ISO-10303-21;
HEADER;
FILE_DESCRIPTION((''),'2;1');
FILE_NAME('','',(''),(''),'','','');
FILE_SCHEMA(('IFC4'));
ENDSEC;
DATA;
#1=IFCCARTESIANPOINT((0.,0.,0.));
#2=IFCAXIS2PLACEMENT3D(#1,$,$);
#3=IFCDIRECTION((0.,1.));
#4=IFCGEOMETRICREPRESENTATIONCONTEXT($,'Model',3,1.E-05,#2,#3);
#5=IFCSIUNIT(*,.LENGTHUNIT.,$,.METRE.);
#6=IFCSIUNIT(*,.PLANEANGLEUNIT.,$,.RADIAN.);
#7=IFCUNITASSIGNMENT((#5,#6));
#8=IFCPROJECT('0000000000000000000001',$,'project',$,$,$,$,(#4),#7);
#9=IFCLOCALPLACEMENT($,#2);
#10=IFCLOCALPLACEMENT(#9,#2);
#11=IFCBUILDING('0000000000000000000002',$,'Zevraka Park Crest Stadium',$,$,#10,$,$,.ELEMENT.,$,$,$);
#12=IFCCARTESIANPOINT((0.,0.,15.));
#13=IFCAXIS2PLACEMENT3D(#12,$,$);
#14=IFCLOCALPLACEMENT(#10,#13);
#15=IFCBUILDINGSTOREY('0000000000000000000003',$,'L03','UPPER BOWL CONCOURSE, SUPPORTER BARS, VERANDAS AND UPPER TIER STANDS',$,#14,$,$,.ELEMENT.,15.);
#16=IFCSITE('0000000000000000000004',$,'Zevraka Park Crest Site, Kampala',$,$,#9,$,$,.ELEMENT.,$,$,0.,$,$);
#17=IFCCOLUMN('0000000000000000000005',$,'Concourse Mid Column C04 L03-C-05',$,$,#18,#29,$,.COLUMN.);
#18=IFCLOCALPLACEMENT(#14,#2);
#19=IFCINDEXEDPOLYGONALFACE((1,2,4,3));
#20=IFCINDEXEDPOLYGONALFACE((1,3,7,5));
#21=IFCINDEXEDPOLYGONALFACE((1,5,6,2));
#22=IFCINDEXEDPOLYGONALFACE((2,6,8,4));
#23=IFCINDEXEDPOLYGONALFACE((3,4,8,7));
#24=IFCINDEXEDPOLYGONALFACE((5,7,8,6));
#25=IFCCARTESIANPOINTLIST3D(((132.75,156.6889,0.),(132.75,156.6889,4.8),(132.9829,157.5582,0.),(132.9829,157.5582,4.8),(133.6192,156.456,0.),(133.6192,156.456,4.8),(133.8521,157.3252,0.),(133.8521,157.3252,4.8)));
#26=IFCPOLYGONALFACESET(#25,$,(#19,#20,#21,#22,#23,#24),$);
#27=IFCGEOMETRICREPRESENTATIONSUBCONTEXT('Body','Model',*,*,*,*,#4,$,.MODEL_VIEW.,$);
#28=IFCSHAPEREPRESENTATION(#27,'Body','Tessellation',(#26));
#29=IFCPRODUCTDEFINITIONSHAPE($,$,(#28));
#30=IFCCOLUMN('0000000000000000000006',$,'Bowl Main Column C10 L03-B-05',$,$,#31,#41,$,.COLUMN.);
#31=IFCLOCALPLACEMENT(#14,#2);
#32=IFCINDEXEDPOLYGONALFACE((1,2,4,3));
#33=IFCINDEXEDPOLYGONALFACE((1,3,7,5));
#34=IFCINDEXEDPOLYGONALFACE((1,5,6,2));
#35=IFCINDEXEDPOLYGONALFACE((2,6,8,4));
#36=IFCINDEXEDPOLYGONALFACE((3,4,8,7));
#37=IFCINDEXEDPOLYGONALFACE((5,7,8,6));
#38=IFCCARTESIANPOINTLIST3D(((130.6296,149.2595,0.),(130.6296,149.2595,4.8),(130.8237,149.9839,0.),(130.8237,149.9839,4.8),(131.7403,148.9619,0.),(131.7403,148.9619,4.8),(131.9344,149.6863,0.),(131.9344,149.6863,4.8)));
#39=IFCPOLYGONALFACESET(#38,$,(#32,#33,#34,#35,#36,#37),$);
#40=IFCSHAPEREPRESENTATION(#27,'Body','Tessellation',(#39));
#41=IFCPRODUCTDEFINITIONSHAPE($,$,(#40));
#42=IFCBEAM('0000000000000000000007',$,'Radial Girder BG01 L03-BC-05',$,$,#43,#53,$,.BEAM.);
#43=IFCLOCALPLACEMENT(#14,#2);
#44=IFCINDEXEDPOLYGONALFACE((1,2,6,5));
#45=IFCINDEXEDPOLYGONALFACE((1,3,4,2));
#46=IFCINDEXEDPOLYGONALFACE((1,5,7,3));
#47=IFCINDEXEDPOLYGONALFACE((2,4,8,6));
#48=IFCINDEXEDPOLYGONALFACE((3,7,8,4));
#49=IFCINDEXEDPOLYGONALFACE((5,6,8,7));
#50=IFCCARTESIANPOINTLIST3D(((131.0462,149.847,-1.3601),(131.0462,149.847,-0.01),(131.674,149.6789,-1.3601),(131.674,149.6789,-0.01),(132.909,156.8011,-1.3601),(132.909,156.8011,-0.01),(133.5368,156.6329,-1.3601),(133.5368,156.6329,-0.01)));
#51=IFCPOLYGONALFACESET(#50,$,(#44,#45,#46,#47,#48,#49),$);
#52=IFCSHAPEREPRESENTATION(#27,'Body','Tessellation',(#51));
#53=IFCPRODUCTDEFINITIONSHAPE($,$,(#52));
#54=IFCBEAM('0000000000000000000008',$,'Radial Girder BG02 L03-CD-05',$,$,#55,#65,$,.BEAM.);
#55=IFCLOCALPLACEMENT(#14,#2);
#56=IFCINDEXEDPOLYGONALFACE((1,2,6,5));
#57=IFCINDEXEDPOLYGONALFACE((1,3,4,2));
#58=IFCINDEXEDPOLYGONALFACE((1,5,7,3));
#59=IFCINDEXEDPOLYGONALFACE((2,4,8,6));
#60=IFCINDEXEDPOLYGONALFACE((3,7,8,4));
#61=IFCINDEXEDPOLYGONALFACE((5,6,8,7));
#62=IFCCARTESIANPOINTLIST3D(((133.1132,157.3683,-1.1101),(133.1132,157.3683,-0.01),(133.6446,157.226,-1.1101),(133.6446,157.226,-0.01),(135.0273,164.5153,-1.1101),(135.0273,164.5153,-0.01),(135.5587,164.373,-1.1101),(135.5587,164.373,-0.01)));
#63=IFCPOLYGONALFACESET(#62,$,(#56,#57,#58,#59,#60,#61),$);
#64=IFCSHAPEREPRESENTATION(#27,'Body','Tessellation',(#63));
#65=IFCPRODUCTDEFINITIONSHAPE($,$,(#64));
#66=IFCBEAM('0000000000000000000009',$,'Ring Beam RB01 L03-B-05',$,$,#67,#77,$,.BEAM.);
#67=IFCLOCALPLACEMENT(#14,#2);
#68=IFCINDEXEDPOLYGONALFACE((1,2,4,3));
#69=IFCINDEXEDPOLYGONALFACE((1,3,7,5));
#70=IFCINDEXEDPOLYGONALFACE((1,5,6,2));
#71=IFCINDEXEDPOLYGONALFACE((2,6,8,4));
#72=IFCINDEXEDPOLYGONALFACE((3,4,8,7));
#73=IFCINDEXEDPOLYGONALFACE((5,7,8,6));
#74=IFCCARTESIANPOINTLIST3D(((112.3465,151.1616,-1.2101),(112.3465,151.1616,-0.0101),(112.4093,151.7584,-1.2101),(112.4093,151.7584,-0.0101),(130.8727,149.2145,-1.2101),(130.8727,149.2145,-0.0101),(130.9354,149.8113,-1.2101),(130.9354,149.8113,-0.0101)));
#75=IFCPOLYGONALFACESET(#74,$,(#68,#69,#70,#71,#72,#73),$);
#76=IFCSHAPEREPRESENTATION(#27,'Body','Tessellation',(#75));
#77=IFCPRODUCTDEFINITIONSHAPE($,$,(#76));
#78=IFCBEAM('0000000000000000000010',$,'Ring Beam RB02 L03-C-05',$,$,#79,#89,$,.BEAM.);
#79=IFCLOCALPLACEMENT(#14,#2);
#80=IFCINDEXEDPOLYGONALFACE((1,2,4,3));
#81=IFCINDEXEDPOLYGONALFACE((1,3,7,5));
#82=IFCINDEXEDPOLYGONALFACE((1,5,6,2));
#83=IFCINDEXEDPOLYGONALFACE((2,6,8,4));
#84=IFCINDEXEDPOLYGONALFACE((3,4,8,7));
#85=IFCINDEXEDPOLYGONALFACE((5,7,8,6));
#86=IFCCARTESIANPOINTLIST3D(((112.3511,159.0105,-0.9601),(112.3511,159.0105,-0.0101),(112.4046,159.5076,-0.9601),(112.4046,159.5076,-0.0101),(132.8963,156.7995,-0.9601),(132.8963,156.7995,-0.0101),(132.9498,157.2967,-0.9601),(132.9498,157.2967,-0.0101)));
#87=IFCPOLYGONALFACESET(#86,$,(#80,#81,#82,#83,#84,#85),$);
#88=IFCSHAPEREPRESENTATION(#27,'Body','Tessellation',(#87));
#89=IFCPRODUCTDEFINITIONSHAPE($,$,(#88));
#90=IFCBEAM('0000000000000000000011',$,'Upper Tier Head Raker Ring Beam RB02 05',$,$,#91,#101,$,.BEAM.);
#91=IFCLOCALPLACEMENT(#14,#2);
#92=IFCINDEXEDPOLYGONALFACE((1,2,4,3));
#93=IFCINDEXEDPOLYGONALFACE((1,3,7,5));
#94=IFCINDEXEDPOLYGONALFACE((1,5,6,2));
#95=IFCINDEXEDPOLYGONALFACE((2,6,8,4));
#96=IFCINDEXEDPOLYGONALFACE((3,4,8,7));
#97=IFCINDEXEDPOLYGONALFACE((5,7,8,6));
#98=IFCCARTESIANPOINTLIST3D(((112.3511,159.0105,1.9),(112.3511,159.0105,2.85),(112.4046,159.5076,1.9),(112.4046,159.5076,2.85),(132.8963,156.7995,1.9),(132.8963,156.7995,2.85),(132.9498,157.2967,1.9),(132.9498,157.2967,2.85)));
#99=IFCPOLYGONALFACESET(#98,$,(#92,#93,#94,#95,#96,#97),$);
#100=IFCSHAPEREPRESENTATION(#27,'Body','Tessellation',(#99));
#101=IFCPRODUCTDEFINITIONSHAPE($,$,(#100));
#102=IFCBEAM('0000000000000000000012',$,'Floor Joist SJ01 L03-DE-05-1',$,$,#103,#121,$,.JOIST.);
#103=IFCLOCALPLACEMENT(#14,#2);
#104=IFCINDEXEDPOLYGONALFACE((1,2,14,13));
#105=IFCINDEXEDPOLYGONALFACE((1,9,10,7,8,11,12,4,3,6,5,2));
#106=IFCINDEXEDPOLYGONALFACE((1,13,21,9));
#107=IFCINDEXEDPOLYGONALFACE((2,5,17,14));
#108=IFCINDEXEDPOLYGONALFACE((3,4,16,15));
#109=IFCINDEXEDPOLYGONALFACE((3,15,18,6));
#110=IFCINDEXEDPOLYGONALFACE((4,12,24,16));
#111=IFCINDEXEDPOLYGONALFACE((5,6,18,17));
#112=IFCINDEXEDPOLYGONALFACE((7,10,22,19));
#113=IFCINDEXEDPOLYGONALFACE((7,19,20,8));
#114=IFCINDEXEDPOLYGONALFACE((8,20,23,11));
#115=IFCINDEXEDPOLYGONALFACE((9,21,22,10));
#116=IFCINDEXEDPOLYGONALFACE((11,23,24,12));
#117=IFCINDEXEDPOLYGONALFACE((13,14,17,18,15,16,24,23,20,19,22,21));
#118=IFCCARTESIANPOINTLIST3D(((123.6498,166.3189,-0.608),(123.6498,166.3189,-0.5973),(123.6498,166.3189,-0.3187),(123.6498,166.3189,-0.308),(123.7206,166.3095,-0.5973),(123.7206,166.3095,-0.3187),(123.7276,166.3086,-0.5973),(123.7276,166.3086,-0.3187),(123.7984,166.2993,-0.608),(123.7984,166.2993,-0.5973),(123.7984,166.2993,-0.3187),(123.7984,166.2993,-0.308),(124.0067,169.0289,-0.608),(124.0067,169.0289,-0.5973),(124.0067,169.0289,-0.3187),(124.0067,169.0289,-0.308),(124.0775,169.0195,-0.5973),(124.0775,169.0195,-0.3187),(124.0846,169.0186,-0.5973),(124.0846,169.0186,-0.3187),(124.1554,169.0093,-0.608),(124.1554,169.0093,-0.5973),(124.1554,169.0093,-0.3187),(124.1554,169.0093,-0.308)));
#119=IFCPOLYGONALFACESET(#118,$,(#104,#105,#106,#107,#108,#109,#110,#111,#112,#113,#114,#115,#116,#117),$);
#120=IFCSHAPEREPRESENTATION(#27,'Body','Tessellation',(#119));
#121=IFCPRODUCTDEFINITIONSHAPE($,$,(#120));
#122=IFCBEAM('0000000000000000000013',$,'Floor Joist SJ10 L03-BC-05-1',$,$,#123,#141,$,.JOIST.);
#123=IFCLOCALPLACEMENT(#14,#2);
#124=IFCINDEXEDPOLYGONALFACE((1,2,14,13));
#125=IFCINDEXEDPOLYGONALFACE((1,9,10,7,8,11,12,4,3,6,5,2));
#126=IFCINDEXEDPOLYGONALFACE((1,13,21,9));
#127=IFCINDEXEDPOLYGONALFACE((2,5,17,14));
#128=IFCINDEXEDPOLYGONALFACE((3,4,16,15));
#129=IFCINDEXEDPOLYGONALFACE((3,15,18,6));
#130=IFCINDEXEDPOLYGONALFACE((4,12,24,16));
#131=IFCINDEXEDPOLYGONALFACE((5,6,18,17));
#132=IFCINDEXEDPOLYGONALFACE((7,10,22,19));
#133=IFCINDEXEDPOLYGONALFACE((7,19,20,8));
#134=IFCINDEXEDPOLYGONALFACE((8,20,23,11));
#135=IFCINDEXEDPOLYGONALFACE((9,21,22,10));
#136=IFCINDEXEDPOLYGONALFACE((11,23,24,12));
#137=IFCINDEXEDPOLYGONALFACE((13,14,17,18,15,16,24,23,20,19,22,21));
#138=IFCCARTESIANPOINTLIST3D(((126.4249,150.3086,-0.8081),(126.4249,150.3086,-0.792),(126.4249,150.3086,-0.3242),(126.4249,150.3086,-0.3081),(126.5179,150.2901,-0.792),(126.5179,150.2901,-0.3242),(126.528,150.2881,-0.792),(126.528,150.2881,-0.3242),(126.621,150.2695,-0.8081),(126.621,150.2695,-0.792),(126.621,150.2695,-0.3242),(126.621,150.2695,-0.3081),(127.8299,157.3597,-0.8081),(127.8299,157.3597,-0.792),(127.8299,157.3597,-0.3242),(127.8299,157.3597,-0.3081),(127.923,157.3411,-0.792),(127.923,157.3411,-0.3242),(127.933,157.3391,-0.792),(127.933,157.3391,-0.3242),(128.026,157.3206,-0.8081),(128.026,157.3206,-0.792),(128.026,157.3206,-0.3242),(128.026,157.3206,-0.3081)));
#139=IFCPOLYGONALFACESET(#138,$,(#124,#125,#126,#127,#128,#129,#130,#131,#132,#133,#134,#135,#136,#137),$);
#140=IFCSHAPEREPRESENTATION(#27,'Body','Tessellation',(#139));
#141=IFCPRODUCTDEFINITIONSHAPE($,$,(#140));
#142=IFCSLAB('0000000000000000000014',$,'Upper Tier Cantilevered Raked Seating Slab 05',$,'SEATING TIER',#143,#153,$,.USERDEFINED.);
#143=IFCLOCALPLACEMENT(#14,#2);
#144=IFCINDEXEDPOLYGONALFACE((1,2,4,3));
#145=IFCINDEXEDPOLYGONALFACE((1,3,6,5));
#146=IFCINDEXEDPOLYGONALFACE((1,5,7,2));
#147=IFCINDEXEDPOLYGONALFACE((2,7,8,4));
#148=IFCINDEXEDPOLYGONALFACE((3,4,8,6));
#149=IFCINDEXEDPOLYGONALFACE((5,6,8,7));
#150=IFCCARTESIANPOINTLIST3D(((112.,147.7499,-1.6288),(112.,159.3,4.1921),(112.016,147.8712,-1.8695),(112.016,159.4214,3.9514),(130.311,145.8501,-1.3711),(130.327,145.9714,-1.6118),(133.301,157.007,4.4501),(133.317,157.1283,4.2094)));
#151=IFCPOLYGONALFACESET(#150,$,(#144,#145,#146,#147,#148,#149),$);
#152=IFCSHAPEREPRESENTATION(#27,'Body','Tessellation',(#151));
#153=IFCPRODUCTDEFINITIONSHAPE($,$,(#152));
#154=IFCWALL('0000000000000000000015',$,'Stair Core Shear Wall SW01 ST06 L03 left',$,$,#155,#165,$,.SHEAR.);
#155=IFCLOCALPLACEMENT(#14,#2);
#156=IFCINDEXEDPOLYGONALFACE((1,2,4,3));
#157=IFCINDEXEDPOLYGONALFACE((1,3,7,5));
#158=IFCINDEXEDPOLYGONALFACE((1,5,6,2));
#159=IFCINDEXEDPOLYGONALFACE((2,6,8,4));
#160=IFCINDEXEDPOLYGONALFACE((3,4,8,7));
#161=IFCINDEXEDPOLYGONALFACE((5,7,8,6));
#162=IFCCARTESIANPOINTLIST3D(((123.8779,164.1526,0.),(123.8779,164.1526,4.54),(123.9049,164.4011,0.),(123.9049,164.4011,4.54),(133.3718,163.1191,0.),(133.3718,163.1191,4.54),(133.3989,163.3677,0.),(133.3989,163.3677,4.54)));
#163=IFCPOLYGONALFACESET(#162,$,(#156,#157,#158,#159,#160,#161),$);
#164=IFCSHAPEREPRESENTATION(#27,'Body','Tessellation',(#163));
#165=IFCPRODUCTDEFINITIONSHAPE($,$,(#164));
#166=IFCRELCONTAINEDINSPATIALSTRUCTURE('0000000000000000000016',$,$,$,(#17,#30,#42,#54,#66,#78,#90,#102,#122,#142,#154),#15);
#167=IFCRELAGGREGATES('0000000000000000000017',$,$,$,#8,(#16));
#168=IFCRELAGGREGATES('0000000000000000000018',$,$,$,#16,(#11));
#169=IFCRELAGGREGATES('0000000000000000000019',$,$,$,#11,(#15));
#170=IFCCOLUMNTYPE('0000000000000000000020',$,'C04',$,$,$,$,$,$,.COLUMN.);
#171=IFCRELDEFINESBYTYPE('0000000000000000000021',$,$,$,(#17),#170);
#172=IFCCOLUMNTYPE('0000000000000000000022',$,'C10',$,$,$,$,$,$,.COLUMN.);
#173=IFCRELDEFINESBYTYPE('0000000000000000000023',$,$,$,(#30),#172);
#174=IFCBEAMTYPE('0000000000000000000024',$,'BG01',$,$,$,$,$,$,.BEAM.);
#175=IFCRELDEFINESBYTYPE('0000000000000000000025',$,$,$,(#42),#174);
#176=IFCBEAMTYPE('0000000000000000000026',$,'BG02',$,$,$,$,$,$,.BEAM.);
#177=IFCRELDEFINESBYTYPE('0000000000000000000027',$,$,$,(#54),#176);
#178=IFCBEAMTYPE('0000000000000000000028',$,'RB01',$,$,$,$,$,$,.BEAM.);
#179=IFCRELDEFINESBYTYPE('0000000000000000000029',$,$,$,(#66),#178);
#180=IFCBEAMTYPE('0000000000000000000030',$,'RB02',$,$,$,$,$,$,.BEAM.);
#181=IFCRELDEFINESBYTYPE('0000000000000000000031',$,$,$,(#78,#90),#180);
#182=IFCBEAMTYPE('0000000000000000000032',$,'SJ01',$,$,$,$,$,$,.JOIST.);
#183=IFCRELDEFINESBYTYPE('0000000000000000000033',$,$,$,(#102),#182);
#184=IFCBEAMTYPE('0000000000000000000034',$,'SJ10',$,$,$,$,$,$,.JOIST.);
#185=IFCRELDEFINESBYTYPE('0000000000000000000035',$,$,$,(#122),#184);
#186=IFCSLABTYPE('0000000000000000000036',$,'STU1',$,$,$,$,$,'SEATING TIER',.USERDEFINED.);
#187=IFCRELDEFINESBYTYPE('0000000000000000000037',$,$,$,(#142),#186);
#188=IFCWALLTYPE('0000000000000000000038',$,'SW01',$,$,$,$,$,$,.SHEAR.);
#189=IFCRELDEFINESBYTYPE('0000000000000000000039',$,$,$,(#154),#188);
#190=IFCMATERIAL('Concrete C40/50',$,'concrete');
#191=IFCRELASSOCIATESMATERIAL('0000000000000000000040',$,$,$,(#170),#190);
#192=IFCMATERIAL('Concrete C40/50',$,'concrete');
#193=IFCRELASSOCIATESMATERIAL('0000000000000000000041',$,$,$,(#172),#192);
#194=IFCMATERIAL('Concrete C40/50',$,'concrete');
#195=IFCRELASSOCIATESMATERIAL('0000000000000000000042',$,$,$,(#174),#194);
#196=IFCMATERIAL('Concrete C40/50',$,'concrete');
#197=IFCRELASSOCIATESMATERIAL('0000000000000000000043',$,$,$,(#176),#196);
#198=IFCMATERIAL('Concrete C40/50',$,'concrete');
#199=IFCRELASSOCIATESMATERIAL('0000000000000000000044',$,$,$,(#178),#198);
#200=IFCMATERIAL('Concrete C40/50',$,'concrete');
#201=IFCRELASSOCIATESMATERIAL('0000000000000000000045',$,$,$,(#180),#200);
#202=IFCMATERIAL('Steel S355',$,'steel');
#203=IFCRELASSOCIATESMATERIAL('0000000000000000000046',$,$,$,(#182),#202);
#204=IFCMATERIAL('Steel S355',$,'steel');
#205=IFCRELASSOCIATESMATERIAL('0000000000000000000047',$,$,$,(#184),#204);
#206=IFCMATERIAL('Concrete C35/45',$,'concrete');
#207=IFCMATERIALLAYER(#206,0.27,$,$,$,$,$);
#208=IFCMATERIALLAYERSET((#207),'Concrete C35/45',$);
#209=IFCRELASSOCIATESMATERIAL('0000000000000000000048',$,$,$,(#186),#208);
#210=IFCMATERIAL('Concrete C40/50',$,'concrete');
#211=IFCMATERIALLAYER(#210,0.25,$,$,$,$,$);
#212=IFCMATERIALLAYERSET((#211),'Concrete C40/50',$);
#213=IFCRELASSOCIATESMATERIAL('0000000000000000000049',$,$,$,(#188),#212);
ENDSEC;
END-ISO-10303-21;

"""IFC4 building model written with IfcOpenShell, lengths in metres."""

from ifc_helpers import new_model, si_unit, direction, frame, frame_2d, origin, origin_2d, place, context, subcontext, project, spatial, polyline, rectangle, i_section, outline, extrude, material, layer, layer_set, material_profile, profile_set, type_object, element, save


model = new_model("IFC4")

# Units and contexts
model_context = context("Model", 3, precision=1e-05, world=origin(), true_north=direction((0.0, 1.0)))
body_context = subcontext(model_context, "Body", "Model", "MODEL_VIEW")
ifc_project = project(units=[si_unit("LENGTHUNIT", "METRE"), si_unit("PLANEANGLEUNIT", "RADIAN")], contexts=[model_context])

# Site, building, storey
site_placement = place(None, origin())
site = spatial("IfcSite", under=ifc_project, at=site_placement, Name="Zevraka Park Crest Site, Kampala", CompositionType="ELEMENT", RefElevation=0.0)
building_placement = place(site_placement, origin())
building = spatial("IfcBuilding", under=site, at=building_placement, Name="Zevraka Park Crest Stadium", CompositionType="ELEMENT")
storey_placement = place(building_placement, frame((0.0, 0.0, 15.0)))
storey = spatial("IfcBuildingStorey", under=building, at=storey_placement, Name="L03", Description="UPPER BOWL CONCOURSE, SUPPORTER BARS, VERANDAS AND UPPER TIER STANDS", CompositionType="ELEMENT", Elevation=15.0)

# Columns
ifc_material_1 = material(Name="Concrete C40/50", Category="concrete")
ifc_material_profile_1 = material_profile(ifc_material_1, rectangle(XDim=0.8999, YDim=0.8999, at=origin_2d()), Name="RC 900x900")
ifc_profile_set_1 = profile_set([ifc_material_profile_1], Name="Concrete C40/50")
column_type_1 = type_object("IfcColumnType", Name="C04", PredefinedType="COLUMN", material=ifc_profile_set_1)
column_1_placement = place(storey_placement, frame((133.301, 157.0071, 0.0), z_axis=(0.0, 0.0, 1.0), x_axis=(0.258819, 0.965926, 0.0)))
element("IfcColumn", 1, at=column_1_placement, inside=storey, type_object=column_type_1, Name="Concourse Mid Column C04 L03-C-05", PredefinedType="COLUMN", context=body_context, shape_type="SweptSolid", body=[
    extrude(rectangle(XDim=0.8999, YDim=0.8999, at=origin_2d()), origin(), (0.0, 0.0, 1.0), 4.8),
])
ifc_material_2 = material(Name="Concrete C40/50", Category="concrete")
ifc_material_profile_2 = material_profile(ifc_material_2, rectangle(XDim=0.75, YDim=1.1499, at=origin_2d()), Name="RC 1150x750")
ifc_profile_set_2 = profile_set([ifc_material_profile_2], Name="Concrete C40/50")
column_type_2 = type_object("IfcColumnType", Name="C10", PredefinedType="COLUMN", material=ifc_profile_set_2)
column_2_placement = place(storey_placement, frame((131.282, 149.4729, 0.0), z_axis=(0.0, 0.0, 1.0), x_axis=(0.258819, 0.965926, 0.0)))
element("IfcColumn", 2, at=column_2_placement, inside=storey, type_object=column_type_2, Name="Bowl Main Column C10 L03-B-05", PredefinedType="COLUMN", context=body_context, shape_type="SweptSolid", body=[
    extrude(rectangle(XDim=0.75, YDim=1.1499, at=origin_2d()), origin(), (0.0, 0.0, 1.0), 4.8),
])

# Beams
ifc_material_3 = material(Name="Concrete C40/50", Category="concrete")
ifc_material_profile_3 = material_profile(ifc_material_3, rectangle(XDim=0.6499, YDim=1.3501, at=origin_2d()), Name="RC 1350x650")
ifc_profile_set_3 = profile_set([ifc_material_profile_3], Name="Concrete C40/50")
beam_type_1 = type_object("IfcBeamType", Name="BG01", PredefinedType="BEAM", material=ifc_profile_set_3)
beam_1_placement = place(storey_placement, frame((131.3601, 149.7629, -0.6851), z_axis=(0.258747, 0.965945, 0.0), x_axis=(-0.965945, 0.258747, 0.0)))
element("IfcBeam", 3, at=beam_1_placement, inside=storey, type_object=beam_type_1, Name="Radial Girder BG01 L03-BC-05", PredefinedType="BEAM", context=body_context, shape_type="SweptSolid", body=[
    extrude(rectangle(XDim=0.6499, YDim=1.3501, at=origin_2d()), origin(), (0.0, 0.0, 1.0), 7.1992),
])
ifc_material_4 = material(Name="Concrete C40/50", Category="concrete")
ifc_material_profile_4 = material_profile(ifc_material_4, rectangle(XDim=0.55, YDim=1.1001, at=origin_2d()), Name="RC 1100x550")
ifc_profile_set_4 = profile_set([ifc_material_profile_4], Name="Concrete C40/50")
beam_type_2 = type_object("IfcBeamType", Name="BG02", PredefinedType="BEAM", material=ifc_profile_set_4)
beam_2_placement = place(storey_placement, frame((133.3789, 157.2971, -0.5601), z_axis=(0.258698, 0.965958, 0.0), x_axis=(-0.965958, 0.258698, 0.0)))
element("IfcBeam", 4, at=beam_2_placement, inside=storey, type_object=beam_type_2, Name="Radial Girder BG02 L03-CD-05", PredefinedType="BEAM", context=body_context, shape_type="SweptSolid", body=[
    extrude(rectangle(XDim=0.55, YDim=1.1001, at=origin_2d()), origin(), (0.0, 0.0, 1.0), 7.3989),
])
ifc_material_5 = material(Name="Concrete C40/50", Category="concrete")
ifc_material_profile_5 = material_profile(ifc_material_5, rectangle(XDim=0.6001, YDim=1.2, at=origin_2d()), Name="RC 1200x600")
ifc_profile_set_5 = profile_set([ifc_material_profile_5], Name="Concrete C40/50")
beam_type_3 = type_object("IfcBeamType", Name="RB01", PredefinedType="BEAM", material=ifc_profile_set_5)
beam_3_placement = place(storey_placement, frame((130.9041, 149.5129, -0.6101), z_axis=(-0.994523, 0.10452, 0.0), x_axis=(-0.10452, -0.994523, 0.0)))
element("IfcBeam", 5, at=beam_3_placement, inside=storey, type_object=beam_type_3, Name="Ring Beam RB01 L03-B-05", PredefinedType="BEAM", context=body_context, shape_type="SweptSolid", body=[
    extrude(rectangle(XDim=0.6001, YDim=1.2, at=origin_2d()), origin(), (0.0, 0.0, 1.0), 18.6282),
])
ifc_material_6 = material(Name="Concrete C40/50", Category="concrete")
ifc_material_profile_6 = material_profile(ifc_material_6, rectangle(XDim=0.5, YDim=0.95, at=origin_2d()), Name="RC 950x500")
ifc_profile_set_6 = profile_set([ifc_material_profile_6], Name="Concrete C40/50")
beam_type_4 = type_object("IfcBeamType", Name="RB02", PredefinedType="BEAM", material=ifc_profile_set_6)
for number, where, z_axis, x_axis, name in (
    (6, (132.9231, 157.0481, -0.4851), (-0.994259, 0.106996, 0.0), (-0.106996, -0.994259, 0.0), "Ring Beam RB02 L03-C-05"),
    (7, (132.9231, 157.0481, 2.375), (-0.994259, 0.106996, 0.0), (-0.106996, -0.994259, 0.0), "Upper Tier Head Raker Ring Beam RB02 05"),
):
    element("IfcBeam", number, at=place(storey_placement, frame(where, z_axis=z_axis, x_axis=x_axis)), inside=storey, type_object=beam_type_4, Name=name, PredefinedType="BEAM", context=body_context, shape_type="SweptSolid", body=[
        extrude(rectangle(XDim=0.5, YDim=0.95, at=origin_2d()), origin(), (0.0, 0.0, 1.0), 20.6638),
    ])
ifc_material_7 = material(Name="Steel S355", Category="steel")
ifc_material_profile_7 = material_profile(ifc_material_7, i_section(OverallWidth=0.1499, OverallDepth=0.3, WebThickness=0.0071, FlangeThickness=0.0107, at=origin_2d()), Name="IPE 300")
ifc_profile_set_7 = profile_set([ifc_material_profile_7], Name="Steel S355")
beam_type_5 = type_object("IfcBeamType", Name="SJ01", PredefinedType="JOIST", material=ifc_profile_set_7)
beam_4_placement = place(storey_placement, frame((123.7241, 166.3091, -0.458), z_axis=(0.130584, 0.991437, 0.0), x_axis=(-0.991437, 0.130584, 0.0)))
element("IfcBeam", 8, at=beam_4_placement, inside=storey, type_object=beam_type_5, Name="Floor Joist SJ01 L03-DE-05-1", PredefinedType="JOIST", context=body_context, shape_type="SweptSolid", body=[
    extrude(i_section(OverallWidth=0.1499, OverallDepth=0.3, WebThickness=0.0071, FlangeThickness=0.0107, at=origin_2d()), origin(), (0.0, 0.0, 1.0), 2.7334),
])
ifc_material_8 = material(Name="Steel S355", Category="steel")
ifc_material_profile_8 = material_profile(ifc_material_8, i_section(OverallWidth=0.2, OverallDepth=0.5, WebThickness=0.0103, FlangeThickness=0.0161, at=origin_2d()), Name="IPE 500")
ifc_profile_set_8 = profile_set([ifc_material_profile_8], Name="Steel S355")
beam_type_6 = type_object("IfcBeamType", Name="SJ10", PredefinedType="JOIST", material=ifc_profile_set_8)
beam_5_placement = place(storey_placement, frame((126.5229, 150.2891, -0.5581), z_axis=(0.195424, 0.980719, 0.0), x_axis=(-0.980719, 0.195424, 0.0)))
element("IfcBeam", 9, at=beam_5_placement, inside=storey, type_object=beam_type_6, Name="Floor Joist SJ10 L03-BC-05-1", PredefinedType="JOIST", context=body_context, shape_type="SweptSolid", body=[
    extrude(i_section(OverallWidth=0.2, OverallDepth=0.5, WebThickness=0.0103, FlangeThickness=0.0161, at=origin_2d()), origin(), (0.0, 0.0, 1.0), 7.1897),
])

# Slab
ifc_material_9 = material(Name="Concrete C35/45", Category="concrete")
ifc_layer_1 = layer(ifc_material_9, 0.27)
ifc_layer_set_1 = layer_set([ifc_layer_1], Name="Concrete C35/45")
slab_type = type_object("IfcSlabType", Name="STU1", ElementType="SEATING TIER", PredefinedType="USERDEFINED", material=ifc_layer_set_1)
slab_placement = place(storey_placement, frame((130.311, 145.8501, -1.3711), z_axis=(-0.059157, -0.44926, 0.891441), x_axis=(-0.994563, 0.10319, -0.013996)))
element("IfcSlab", 10, at=slab_placement, inside=storey, type_object=slab_type, Name="Upper Tier Cantilevered Raked Seating Slab 05", ObjectType="SEATING TIER", PredefinedType="USERDEFINED", context=body_context, shape_type="SweptSolid", body=[
    extrude(outline(polyline([(0.0, 0.0), (18.4111, 0.0), (19.5215, -12.8862), (-1.9039, -12.7937), (0.0, 0.0)])), origin(), (0.0, 0.0, -1.0), 0.27),
])

# Wall
ifc_material_10 = material(Name="Concrete C40/50", Category="concrete")
ifc_layer_2 = layer(ifc_material_10, 0.25)
ifc_layer_set_2 = layer_set([ifc_layer_2], Name="Concrete C40/50")
wall_type = type_object("IfcWallType", Name="SW01", PredefinedType="SHEAR", material=ifc_layer_set_2)
for number, where, z_axis, x_axis, name in (
    (11, (133.3853, 163.2434, 0.0), (0.0, 0.0, 1.0), (-0.994128, 0.108215, 0.0), "Stair Core Shear Wall SW01 ST06 L03 left"),
):
    element("IfcWall", number, at=place(storey_placement, frame(where, z_axis=z_axis, x_axis=x_axis)), inside=storey, type_object=wall_type, Name=name, PredefinedType="SHEAR", context=body_context, shape_type="SweptSolid", body=[
        extrude(rectangle(XDim=9.55, YDim=0.25, at=frame_2d((4.7749, 0.0))), origin(), (0.0, 0.0, 1.0), 4.54),
    ])

save(model, "model.ifc")
